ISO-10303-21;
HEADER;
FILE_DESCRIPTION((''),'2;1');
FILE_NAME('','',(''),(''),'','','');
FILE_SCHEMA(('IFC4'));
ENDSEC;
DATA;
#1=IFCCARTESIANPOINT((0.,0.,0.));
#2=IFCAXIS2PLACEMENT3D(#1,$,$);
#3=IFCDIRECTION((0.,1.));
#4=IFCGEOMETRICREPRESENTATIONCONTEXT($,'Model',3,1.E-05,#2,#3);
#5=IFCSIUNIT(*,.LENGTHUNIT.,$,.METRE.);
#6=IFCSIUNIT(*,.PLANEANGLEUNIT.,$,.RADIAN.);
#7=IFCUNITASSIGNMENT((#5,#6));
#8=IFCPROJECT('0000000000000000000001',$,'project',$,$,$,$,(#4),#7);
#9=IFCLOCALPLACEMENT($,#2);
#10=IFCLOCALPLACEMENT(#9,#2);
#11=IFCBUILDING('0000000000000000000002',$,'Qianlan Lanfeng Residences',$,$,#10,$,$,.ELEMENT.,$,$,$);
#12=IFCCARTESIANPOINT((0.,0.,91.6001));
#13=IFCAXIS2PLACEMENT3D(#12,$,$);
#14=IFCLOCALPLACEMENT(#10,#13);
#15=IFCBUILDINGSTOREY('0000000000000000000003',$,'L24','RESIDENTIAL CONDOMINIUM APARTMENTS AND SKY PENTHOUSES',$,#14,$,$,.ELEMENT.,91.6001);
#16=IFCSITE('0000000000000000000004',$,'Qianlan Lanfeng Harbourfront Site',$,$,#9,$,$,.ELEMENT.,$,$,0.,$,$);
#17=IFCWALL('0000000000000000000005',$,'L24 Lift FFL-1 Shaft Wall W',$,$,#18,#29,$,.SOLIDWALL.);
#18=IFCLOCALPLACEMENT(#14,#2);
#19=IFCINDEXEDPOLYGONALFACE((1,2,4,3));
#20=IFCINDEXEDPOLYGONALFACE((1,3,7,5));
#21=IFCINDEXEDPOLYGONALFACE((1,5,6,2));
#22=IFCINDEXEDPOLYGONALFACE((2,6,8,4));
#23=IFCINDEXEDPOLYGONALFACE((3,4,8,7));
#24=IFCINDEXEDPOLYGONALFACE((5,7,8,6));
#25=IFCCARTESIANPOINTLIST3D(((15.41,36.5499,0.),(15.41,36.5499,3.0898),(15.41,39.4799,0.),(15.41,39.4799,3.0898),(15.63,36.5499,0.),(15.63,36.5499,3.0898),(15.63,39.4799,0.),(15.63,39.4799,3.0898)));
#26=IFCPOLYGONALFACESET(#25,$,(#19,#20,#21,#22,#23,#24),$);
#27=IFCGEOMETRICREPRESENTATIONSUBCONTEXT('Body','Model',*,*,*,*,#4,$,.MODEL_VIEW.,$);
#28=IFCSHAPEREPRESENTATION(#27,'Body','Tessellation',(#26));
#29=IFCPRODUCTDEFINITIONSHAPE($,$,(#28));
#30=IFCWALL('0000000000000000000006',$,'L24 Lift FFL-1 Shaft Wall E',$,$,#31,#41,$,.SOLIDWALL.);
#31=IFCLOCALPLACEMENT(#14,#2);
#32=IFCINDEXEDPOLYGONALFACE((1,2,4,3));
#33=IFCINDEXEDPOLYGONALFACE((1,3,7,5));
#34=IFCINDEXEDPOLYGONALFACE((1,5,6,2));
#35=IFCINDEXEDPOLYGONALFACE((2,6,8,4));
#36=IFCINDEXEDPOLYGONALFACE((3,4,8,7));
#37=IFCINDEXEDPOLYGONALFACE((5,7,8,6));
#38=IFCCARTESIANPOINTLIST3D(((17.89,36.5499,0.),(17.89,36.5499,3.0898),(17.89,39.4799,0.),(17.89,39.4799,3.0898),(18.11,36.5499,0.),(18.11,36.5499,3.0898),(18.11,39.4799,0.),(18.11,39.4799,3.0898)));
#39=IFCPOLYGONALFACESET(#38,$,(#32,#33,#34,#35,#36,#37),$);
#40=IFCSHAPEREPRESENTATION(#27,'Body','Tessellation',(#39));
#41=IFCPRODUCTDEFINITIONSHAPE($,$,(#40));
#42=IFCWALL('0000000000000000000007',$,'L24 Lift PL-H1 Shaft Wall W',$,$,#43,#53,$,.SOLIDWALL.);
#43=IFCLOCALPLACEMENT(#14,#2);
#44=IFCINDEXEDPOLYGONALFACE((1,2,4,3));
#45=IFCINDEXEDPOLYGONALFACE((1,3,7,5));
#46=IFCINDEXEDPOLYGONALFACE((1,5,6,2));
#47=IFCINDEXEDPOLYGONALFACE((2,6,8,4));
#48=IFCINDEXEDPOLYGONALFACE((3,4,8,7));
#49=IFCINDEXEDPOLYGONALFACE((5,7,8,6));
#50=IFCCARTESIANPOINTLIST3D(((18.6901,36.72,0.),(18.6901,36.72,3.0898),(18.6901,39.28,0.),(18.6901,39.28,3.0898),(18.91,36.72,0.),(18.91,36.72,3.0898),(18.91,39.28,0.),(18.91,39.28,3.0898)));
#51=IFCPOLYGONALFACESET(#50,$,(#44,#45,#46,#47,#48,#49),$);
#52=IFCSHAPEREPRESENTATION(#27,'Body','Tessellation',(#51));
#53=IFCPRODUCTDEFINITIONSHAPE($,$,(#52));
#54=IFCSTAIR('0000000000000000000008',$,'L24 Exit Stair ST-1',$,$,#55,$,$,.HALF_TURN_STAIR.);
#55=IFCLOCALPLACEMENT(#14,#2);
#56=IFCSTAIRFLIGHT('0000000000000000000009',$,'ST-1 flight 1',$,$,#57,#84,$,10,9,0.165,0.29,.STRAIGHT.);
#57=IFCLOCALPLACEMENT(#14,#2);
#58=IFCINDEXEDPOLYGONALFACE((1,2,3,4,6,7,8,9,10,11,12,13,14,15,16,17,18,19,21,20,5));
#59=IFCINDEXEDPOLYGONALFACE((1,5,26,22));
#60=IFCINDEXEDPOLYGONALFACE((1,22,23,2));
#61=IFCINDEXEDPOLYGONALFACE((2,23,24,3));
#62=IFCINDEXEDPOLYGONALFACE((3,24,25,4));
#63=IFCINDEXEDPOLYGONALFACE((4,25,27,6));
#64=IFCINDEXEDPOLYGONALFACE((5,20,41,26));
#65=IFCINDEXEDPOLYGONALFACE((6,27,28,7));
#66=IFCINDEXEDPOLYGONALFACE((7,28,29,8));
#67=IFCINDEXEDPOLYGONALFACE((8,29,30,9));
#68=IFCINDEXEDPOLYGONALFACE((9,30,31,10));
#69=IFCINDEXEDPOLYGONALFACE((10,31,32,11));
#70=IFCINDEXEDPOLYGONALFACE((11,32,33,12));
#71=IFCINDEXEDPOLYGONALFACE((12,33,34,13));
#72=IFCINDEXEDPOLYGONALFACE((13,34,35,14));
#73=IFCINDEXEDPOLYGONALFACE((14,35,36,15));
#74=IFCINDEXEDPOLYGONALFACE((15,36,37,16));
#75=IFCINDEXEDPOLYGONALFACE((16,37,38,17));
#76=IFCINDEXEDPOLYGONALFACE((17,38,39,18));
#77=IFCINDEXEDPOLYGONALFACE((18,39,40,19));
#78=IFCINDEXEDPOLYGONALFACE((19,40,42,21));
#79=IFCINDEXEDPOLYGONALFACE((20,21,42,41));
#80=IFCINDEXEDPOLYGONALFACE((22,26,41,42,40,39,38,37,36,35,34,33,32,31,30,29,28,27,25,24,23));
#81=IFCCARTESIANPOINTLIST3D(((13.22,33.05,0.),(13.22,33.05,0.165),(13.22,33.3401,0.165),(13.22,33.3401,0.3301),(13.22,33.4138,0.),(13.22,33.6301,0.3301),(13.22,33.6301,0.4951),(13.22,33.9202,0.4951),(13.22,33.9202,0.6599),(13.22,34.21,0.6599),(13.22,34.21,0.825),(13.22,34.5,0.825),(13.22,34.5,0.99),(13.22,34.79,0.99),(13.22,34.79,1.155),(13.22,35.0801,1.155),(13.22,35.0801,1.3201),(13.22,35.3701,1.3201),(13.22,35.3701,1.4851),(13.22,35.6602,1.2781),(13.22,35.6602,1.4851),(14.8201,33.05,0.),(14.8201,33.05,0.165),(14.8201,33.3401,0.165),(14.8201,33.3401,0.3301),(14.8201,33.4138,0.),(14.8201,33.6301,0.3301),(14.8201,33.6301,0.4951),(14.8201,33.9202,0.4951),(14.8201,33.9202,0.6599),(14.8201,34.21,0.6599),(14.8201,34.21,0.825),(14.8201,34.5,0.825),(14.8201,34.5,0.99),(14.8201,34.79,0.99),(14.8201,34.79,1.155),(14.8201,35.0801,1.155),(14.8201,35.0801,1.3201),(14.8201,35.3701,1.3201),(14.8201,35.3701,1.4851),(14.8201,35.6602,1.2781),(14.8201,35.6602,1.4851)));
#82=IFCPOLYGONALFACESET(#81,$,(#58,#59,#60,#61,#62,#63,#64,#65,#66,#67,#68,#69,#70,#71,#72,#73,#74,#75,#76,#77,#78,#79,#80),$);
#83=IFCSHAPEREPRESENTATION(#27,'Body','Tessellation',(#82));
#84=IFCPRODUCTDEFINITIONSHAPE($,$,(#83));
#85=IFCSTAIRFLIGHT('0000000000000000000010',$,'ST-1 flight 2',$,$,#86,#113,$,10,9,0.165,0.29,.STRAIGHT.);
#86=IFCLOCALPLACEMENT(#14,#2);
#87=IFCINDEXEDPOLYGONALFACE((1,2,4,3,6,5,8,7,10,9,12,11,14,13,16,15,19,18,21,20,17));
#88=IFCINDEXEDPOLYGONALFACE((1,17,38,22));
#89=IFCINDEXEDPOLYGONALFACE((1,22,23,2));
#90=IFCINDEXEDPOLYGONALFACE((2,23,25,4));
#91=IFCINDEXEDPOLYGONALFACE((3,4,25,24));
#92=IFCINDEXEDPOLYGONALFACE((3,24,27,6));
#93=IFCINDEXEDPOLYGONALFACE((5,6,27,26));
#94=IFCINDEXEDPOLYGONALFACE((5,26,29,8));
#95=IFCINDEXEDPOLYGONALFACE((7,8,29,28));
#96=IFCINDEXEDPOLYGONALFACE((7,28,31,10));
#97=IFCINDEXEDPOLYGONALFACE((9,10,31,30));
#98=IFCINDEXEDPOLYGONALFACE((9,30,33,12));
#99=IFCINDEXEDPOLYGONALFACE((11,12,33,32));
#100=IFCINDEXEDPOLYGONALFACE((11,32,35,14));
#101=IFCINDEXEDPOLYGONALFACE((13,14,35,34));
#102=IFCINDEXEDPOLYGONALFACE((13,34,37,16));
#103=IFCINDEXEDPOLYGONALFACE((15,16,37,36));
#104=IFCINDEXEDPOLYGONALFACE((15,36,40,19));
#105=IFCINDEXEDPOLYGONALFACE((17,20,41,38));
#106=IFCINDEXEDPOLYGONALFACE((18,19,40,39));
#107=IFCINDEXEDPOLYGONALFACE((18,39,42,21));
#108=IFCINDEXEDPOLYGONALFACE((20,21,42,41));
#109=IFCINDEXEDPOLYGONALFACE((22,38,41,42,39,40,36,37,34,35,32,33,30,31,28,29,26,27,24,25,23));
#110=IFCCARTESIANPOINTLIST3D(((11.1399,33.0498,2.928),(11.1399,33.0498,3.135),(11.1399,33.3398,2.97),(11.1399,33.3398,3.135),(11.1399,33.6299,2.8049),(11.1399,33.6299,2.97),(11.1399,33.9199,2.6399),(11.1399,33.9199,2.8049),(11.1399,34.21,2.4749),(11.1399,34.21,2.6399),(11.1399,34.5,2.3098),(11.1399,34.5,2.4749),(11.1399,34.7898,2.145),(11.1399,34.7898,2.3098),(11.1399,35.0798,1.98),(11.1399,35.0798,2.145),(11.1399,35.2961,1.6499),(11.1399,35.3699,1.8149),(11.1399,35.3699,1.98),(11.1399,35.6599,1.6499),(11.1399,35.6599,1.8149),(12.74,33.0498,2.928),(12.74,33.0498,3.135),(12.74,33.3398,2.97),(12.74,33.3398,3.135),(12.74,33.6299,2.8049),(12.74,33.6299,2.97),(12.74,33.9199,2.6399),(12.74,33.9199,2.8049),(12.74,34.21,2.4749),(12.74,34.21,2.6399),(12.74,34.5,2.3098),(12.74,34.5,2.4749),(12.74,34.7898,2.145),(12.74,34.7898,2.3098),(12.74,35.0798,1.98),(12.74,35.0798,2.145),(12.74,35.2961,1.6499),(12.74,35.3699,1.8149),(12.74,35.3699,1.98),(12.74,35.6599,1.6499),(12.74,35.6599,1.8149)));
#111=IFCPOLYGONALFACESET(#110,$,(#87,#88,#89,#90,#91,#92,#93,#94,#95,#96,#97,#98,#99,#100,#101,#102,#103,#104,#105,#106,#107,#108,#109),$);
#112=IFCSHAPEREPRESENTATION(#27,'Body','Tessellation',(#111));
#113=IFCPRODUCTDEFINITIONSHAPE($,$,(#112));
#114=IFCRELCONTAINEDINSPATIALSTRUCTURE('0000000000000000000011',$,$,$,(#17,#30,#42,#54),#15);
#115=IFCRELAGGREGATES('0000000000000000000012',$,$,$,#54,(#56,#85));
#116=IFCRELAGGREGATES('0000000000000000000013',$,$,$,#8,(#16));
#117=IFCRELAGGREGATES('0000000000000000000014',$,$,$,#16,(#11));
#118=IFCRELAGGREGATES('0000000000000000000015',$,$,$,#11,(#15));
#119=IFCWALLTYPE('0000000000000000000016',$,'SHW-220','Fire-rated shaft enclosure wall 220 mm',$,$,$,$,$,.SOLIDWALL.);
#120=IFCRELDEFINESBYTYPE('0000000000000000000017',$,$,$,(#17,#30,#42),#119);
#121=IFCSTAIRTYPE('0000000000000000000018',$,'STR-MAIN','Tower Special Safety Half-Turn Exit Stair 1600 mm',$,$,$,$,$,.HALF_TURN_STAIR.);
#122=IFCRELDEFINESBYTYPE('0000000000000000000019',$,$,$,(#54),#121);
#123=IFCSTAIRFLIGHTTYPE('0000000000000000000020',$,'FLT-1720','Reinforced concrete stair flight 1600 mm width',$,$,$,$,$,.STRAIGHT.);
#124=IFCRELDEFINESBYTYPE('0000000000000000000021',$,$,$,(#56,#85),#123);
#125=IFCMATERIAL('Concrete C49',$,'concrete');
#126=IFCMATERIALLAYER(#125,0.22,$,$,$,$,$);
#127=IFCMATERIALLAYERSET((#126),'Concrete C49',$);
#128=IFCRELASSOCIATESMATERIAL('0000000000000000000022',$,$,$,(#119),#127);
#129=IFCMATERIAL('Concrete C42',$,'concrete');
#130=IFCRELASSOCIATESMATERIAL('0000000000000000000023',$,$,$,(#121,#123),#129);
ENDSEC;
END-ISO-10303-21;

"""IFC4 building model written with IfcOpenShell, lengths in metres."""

from ifc_helpers import new_model, si_unit, direction, frame, frame_2d, origin, place, context, subcontext, project, spatial, polyline, rectangle, outline, extrude, material, layer, layer_set, type_object, element, aggregate, save


model = new_model("IFC4")

# Units and contexts
model_context = context("Model", 3, precision=1e-05, world=origin(), true_north=direction((0.0, 1.0)))
body_context = subcontext(model_context, "Body", "Model", "MODEL_VIEW")
ifc_project = project(units=[si_unit("LENGTHUNIT", "METRE"), si_unit("PLANEANGLEUNIT", "RADIAN")], contexts=[model_context])

# Site, building, storey
site_placement = place(None, origin())
site = spatial("IfcSite", under=ifc_project, at=site_placement, Name="Qianlan Lanfeng Harbourfront Site", CompositionType="ELEMENT", RefElevation=0.0)
building_placement = place(site_placement, origin())
building = spatial("IfcBuilding", under=site, at=building_placement, Name="Qianlan Lanfeng Residences", CompositionType="ELEMENT")
storey_placement = place(building_placement, frame((0.0, 0.0, 91.6001)))
storey = spatial("IfcBuildingStorey", under=building, at=storey_placement, Name="L24", Description="RESIDENTIAL CONDOMINIUM APARTMENTS AND SKY PENTHOUSES", CompositionType="ELEMENT", Elevation=91.6001)

# Walls
ifc_material_1 = material(Name="Concrete C49", Category="concrete")
ifc_layer_1 = layer(ifc_material_1, 0.22)
ifc_layer_set_1 = layer_set([ifc_layer_1], Name="Concrete C49")
wall_type_1 = type_object("IfcWallType", Name="SHW-220", Description="Fire-rated shaft enclosure wall 220 mm", PredefinedType="SOLIDWALL", material=ifc_layer_set_1)
for number, where, z_axis, x_axis, name in (
    (1, (15.52, 36.55, 0.0), (0.0, 0.0, 1.0), (0.0, 1.0, 0.0), "L24 Lift FFL-1 Shaft Wall W"),
    (2, (18.0, 36.55, 0.0), (0.0, 0.0, 1.0), (0.0, 1.0, 0.0), "L24 Lift FFL-1 Shaft Wall E"),
):
    element("IfcWall", number, at=place(storey_placement, frame(where, z_axis=z_axis, x_axis=x_axis)), inside=storey, type_object=wall_type_1, Name=name, PredefinedType="SOLIDWALL", context=body_context, shape_type="SweptSolid", body=[
        extrude(rectangle(XDim=2.9299, YDim=0.22, at=frame_2d((1.4648, 0.0))), origin(), (0.0, 0.0, 1.0), 3.0898),
    ])
wall_1_placement = place(storey_placement, frame((18.8, 36.72, 0.0), z_axis=(0.0, 0.0, 1.0), x_axis=(0.0, 1.0, 0.0)))
element("IfcWall", 3, at=wall_1_placement, inside=storey, type_object=wall_type_1, Name="L24 Lift PL-H1 Shaft Wall W", PredefinedType="SOLIDWALL", context=body_context, shape_type="SweptSolid", body=[
    extrude(rectangle(XDim=2.5601, YDim=0.22, at=frame_2d((1.28, 0.0))), origin(), (0.0, 0.0, 1.0), 3.0898),
])

# Stair, stair flights
ifc_material_2 = material(Name="Concrete C42", Category="concrete")
stair_type = type_object("IfcStairType", Name="STR-MAIN", Description="Tower Special Safety Half-Turn Exit Stair 1600 mm", PredefinedType="HALF_TURN_STAIR", material=ifc_material_2)
stair_placement = place(storey_placement, origin())
stair = element("IfcStair", 4, at=stair_placement, inside=storey, type_object=stair_type, Name="L24 Exit Stair ST-1", PredefinedType="HALF_TURN_STAIR")
stair_flight_type = type_object("IfcStairFlightType", Name="FLT-1720", Description="Reinforced concrete stair flight 1600 mm width", PredefinedType="STRAIGHT", material=ifc_material_2)
stair_flight_1_placement = place(storey_placement, frame((14.02, 33.05, 0.0), z_axis=(0.0, 0.0, 1.0), x_axis=(0.0, 1.0, 0.0)))
stair_flight_1 = element("IfcStairFlight", 5, at=stair_flight_1_placement, type_object=stair_flight_type, Name="ST-1 flight 1", NumberOfRisers=10, NumberOfTreads=9, PredefinedType="STRAIGHT", RiserHeight=0.165, TreadLength=0.29, context=body_context, shape_type="SweptSolid", body=[
    extrude(outline(polyline([(0.0, 0.0), (0.0, 0.165), (0.29, 0.165), (0.29, 0.3301), (0.5801, 0.3301), (0.5801, 0.4951), (0.8701, 0.4951), (0.8701, 0.6599), (1.1599, 0.6599), (1.1599, 0.825), (1.45, 0.825), (1.45, 0.99), (1.74, 0.99), (1.74, 1.155), (2.03, 1.155), (2.03, 1.3201), (2.3201, 1.3201), (2.3201, 1.4851), (2.6101, 1.4851), (2.6101, 1.6499), (2.6101, 1.2781), (0.3638, 0.0), (0.0, 0.0)])), frame((0.0, 0.8, 0.0), z_axis=(0.0, -1.0, 0.0), x_axis=(1.0, 0.0, 0.0)), (0.0, 0.0, 1.0), 1.6001),
])
stair_flight_2_placement = place(storey_placement, frame((11.9399, 35.6599, 1.6499), z_axis=(0.0, 0.0, 1.0), x_axis=(0.0, -1.0, 0.0)))
stair_flight_2 = element("IfcStairFlight", 6, at=stair_flight_2_placement, type_object=stair_flight_type, Name="ST-1 flight 2", NumberOfRisers=10, NumberOfTreads=9, PredefinedType="STRAIGHT", RiserHeight=0.165, TreadLength=0.29, context=body_context, shape_type="SweptSolid", body=[
    extrude(outline(polyline([(0.0, 0.0), (0.0, 0.165), (0.29, 0.165), (0.29, 0.3301), (0.5801, 0.3301), (0.5801, 0.4951), (0.8701, 0.4951), (0.8701, 0.6599), (1.1599, 0.6599), (1.1599, 0.825), (1.45, 0.825), (1.45, 0.99), (1.74, 0.99), (1.74, 1.155), (2.03, 1.155), (2.03, 1.3201), (2.3201, 1.3201), (2.3201, 1.4851), (2.6101, 1.4851), (2.6101, 1.6499), (2.6101, 1.2781), (0.3638, 0.0), (0.0, 0.0)])), frame((0.0, 0.8, 0.0), z_axis=(0.0, -1.0, 0.0), x_axis=(1.0, 0.0, 0.0)), (0.0, 0.0, 1.0), 1.6001),
])
aggregate(stair, [stair_flight_1, stair_flight_2])

save(model, "model.ifc")
